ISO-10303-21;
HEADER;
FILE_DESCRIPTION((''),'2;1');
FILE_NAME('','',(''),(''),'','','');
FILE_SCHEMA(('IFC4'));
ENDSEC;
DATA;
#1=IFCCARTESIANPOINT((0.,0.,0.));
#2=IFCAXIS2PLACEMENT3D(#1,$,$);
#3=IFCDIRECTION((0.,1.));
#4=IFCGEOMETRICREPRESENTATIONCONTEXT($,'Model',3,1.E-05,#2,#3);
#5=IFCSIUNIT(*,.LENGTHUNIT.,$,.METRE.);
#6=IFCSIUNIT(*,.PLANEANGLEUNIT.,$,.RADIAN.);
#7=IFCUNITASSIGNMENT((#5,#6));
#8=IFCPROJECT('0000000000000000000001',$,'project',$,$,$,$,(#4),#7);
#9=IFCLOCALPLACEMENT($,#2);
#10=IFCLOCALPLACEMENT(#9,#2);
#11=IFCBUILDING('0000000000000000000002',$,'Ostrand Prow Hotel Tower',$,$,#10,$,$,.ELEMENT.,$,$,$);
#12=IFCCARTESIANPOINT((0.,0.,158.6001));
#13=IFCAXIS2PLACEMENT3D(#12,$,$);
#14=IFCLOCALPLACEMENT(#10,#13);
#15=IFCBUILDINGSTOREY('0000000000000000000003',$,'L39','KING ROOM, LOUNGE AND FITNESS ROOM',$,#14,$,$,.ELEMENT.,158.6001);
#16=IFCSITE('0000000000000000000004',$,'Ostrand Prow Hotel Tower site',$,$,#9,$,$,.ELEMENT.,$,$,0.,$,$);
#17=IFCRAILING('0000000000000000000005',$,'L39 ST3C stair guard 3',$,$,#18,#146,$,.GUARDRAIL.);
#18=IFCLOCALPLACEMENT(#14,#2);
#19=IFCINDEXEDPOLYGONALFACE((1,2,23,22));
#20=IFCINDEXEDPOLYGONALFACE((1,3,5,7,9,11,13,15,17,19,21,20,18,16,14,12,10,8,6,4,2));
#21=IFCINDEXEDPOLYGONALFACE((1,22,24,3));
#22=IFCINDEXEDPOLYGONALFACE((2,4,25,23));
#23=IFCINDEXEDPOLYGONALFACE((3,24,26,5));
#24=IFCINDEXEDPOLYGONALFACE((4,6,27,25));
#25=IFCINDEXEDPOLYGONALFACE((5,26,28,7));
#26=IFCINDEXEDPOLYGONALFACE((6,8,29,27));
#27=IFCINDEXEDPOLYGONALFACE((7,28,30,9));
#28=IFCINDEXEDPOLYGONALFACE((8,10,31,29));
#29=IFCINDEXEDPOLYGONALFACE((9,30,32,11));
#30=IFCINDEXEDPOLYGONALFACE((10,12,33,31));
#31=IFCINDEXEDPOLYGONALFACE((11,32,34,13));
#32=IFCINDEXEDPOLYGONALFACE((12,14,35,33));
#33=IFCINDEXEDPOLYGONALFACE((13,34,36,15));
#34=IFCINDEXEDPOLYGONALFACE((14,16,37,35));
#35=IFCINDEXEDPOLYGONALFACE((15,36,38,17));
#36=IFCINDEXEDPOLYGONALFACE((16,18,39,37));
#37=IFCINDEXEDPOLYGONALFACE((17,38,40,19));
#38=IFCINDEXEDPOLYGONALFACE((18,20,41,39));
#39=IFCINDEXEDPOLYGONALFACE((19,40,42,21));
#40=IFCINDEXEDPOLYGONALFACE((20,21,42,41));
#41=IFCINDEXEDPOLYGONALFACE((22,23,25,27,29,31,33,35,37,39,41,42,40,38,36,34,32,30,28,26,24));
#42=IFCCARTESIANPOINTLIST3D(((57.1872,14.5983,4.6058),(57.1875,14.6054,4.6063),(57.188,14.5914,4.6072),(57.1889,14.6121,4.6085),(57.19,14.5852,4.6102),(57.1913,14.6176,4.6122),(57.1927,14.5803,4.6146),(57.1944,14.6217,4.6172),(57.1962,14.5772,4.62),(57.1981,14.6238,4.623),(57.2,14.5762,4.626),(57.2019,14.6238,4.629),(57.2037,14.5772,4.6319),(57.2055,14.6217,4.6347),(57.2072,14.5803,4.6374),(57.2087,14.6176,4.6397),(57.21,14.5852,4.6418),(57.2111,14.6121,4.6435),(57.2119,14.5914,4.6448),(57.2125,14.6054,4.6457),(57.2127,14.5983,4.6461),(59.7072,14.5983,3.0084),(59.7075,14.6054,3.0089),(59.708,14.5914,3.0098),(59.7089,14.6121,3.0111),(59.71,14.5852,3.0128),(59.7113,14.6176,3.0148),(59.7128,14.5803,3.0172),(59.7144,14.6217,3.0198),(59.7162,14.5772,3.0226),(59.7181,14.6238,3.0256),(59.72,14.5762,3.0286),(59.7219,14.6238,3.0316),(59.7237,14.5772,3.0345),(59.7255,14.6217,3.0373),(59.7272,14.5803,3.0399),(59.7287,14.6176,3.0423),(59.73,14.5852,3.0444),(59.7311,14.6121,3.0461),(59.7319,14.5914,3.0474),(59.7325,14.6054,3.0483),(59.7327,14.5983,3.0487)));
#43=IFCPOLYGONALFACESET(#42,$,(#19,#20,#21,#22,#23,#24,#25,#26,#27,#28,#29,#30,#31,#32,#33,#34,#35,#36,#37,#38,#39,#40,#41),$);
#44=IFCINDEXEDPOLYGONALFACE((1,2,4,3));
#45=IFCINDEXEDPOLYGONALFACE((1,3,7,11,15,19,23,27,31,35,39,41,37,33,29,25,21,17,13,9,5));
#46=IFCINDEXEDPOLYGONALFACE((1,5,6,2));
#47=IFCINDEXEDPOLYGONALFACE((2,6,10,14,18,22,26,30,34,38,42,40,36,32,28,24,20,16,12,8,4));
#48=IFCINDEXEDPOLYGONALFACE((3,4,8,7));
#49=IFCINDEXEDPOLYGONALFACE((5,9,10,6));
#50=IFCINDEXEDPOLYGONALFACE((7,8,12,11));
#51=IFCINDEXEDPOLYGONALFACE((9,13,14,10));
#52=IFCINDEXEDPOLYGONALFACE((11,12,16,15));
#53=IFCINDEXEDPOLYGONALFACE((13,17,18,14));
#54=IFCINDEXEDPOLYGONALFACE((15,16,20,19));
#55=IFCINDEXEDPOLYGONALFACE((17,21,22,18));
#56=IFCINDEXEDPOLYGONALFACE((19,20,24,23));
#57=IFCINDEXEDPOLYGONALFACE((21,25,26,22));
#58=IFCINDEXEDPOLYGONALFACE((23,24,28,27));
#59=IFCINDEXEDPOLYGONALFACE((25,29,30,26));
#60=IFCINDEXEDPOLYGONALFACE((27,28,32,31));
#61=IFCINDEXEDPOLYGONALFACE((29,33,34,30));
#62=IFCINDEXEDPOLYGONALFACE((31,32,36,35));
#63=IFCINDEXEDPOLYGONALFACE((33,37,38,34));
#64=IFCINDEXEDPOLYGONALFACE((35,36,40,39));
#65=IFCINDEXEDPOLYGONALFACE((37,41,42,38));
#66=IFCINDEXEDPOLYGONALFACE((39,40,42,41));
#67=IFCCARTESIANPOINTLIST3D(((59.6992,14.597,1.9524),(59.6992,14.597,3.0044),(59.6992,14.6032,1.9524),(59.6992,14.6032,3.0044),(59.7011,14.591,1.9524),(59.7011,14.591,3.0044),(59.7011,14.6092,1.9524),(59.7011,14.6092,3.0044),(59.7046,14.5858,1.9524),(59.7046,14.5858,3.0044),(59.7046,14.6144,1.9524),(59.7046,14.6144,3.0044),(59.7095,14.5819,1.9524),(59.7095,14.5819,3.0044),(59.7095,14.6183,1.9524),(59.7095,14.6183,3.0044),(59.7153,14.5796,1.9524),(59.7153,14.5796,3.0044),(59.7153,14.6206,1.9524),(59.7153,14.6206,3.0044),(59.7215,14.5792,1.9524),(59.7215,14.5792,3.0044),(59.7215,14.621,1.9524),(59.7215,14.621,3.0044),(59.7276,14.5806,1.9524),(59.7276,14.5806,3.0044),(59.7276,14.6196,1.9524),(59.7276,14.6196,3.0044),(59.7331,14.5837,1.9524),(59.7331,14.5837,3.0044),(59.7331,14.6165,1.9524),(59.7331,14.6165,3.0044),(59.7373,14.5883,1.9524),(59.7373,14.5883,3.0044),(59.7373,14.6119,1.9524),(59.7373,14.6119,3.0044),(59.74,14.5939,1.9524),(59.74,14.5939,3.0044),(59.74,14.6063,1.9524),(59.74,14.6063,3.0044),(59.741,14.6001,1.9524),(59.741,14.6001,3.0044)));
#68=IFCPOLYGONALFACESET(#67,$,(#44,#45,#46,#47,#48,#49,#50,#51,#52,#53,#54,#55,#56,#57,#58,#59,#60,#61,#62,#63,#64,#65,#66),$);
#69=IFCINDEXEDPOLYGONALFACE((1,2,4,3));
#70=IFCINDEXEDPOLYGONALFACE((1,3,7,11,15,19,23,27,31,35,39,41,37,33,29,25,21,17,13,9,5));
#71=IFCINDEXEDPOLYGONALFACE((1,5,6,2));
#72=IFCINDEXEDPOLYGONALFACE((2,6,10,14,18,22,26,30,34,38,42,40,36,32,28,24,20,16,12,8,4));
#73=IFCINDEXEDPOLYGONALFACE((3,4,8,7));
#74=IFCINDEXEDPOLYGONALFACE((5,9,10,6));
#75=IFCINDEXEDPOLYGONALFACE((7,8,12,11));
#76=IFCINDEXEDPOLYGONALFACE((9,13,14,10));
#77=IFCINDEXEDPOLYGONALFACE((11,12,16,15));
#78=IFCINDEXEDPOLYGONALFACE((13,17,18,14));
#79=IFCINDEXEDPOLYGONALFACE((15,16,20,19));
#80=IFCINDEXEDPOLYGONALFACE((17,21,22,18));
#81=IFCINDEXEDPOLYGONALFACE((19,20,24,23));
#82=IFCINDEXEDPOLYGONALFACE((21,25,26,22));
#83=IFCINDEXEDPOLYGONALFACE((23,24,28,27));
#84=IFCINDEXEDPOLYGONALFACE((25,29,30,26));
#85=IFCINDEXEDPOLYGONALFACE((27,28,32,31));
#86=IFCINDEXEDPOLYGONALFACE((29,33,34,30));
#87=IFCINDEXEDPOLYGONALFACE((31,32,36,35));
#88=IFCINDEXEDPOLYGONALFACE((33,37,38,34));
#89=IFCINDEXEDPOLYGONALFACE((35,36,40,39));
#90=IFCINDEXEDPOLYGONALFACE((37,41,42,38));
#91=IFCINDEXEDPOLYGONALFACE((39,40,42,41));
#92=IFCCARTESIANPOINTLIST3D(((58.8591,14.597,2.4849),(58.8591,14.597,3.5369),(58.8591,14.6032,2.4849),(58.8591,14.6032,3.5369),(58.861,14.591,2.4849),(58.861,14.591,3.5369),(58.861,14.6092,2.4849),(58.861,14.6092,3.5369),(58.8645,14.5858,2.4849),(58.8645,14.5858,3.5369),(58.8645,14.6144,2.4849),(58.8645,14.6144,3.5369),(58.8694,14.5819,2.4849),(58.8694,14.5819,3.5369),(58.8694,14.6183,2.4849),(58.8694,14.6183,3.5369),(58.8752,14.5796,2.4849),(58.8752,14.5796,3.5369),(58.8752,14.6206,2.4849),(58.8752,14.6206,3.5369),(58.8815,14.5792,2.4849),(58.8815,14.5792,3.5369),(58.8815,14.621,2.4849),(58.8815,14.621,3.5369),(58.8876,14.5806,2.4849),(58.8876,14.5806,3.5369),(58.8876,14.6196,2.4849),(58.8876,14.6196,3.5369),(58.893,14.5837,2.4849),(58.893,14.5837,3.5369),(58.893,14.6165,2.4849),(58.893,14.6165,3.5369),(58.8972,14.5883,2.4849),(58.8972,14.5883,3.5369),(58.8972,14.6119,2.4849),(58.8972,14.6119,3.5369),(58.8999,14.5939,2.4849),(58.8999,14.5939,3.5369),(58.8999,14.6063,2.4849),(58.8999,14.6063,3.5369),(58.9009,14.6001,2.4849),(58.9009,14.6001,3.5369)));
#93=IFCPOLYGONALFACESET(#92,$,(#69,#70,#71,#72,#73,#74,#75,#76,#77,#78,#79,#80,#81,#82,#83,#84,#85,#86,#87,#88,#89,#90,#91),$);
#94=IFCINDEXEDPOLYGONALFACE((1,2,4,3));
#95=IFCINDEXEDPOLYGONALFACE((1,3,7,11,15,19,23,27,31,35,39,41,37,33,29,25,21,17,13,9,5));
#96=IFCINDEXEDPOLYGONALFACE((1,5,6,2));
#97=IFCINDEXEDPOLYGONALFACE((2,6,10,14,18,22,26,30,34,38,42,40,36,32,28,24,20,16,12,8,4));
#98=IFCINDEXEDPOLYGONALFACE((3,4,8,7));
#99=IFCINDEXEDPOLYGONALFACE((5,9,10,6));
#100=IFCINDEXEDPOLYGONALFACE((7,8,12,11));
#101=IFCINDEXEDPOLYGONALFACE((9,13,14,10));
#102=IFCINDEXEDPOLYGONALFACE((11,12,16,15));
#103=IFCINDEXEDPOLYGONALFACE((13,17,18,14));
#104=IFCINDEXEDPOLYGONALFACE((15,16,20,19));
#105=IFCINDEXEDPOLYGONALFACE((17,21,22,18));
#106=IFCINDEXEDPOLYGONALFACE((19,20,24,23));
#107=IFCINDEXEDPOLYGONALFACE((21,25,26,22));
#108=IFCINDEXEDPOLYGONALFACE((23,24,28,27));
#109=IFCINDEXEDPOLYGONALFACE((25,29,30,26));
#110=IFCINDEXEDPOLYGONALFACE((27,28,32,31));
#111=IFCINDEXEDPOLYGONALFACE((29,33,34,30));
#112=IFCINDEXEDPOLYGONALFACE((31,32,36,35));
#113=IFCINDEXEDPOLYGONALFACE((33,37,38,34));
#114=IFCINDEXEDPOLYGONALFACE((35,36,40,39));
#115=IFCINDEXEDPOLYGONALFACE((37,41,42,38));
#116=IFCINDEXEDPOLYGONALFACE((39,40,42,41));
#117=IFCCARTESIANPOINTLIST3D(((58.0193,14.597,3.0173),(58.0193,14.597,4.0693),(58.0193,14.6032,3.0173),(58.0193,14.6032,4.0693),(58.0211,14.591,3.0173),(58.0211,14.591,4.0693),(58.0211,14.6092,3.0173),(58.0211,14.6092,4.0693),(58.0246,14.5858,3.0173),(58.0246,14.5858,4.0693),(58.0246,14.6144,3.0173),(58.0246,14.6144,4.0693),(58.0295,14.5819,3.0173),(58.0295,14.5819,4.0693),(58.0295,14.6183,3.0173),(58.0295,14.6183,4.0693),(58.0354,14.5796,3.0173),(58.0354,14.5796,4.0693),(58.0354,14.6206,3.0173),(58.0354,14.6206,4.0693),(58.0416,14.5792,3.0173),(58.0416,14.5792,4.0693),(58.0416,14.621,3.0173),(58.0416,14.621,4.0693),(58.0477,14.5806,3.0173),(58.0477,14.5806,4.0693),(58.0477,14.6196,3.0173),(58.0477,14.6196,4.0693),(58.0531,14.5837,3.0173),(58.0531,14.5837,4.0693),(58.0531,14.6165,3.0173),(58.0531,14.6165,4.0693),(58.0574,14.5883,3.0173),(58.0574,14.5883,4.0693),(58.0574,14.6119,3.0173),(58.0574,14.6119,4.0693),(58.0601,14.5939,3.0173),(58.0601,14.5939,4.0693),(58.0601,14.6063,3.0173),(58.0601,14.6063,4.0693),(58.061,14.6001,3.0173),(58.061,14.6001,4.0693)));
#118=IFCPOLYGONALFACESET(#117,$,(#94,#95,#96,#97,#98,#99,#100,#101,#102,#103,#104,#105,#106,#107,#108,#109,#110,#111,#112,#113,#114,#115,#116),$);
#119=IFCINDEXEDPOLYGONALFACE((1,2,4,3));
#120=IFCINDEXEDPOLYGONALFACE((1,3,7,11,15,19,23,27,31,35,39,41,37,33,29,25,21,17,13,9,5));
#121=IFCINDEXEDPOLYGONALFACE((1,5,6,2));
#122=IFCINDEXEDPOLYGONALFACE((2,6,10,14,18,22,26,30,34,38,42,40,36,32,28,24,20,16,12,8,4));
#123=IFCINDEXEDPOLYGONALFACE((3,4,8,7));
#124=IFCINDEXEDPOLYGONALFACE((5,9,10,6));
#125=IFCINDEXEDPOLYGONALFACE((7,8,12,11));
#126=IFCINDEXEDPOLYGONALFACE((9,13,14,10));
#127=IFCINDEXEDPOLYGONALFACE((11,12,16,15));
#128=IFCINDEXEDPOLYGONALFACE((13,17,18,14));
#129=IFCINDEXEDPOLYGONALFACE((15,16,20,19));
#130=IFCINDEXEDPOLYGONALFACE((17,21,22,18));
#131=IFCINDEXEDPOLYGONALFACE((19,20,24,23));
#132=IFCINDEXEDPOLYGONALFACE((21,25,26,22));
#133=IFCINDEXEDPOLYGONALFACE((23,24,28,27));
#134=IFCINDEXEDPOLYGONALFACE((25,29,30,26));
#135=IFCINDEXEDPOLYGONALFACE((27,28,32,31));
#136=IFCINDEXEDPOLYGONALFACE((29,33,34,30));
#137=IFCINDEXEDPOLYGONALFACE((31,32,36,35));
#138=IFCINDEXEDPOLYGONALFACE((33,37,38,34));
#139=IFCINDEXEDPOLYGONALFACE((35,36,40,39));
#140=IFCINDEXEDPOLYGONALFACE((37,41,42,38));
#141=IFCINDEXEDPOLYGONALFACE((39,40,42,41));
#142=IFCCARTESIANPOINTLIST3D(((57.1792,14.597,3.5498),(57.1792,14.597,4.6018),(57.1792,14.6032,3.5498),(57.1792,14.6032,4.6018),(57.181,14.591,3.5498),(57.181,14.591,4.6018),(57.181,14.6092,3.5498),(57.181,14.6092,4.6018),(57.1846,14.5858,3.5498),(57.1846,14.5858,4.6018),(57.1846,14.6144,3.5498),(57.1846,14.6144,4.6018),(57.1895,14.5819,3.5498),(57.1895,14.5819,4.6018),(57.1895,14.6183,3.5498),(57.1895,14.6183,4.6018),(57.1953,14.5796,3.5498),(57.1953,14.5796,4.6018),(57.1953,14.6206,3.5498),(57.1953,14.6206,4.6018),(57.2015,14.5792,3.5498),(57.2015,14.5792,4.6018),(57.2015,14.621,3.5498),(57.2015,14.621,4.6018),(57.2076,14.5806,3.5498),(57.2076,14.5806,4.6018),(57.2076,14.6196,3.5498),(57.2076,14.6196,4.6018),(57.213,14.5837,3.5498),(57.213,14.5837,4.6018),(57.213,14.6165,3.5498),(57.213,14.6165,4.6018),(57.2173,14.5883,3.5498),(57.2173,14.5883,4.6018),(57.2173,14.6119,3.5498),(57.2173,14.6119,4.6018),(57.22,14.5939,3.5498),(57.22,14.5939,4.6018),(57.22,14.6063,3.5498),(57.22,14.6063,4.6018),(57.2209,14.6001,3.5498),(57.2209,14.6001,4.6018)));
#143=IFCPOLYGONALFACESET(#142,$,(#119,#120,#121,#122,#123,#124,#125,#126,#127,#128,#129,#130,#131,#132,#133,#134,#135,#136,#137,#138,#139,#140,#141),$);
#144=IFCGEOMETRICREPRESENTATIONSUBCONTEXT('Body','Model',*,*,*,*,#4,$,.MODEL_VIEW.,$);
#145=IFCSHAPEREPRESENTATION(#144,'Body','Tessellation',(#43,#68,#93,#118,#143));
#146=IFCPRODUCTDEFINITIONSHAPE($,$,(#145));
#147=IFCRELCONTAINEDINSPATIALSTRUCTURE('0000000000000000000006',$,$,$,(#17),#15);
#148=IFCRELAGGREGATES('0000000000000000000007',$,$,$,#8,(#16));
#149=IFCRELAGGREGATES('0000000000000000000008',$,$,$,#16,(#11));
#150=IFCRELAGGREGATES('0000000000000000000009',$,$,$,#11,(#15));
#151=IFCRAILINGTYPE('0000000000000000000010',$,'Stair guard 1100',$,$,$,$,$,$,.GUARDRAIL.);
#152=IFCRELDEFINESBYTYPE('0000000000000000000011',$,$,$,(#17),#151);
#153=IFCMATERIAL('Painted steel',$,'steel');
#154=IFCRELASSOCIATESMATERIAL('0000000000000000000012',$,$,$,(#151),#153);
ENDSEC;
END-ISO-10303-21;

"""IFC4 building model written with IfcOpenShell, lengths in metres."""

from ifc_helpers import new_model, si_unit, direction, frame, origin, origin_2d, place, context, subcontext, project, spatial, circle, extrude, material, type_object, element, save


model = new_model("IFC4")

# Units and contexts
model_context = context("Model", 3, precision=1e-05, world=origin(), true_north=direction((0.0, 1.0)))
body_context = subcontext(model_context, "Body", "Model", "MODEL_VIEW")
ifc_project = project(units=[si_unit("LENGTHUNIT", "METRE"), si_unit("PLANEANGLEUNIT", "RADIAN")], contexts=[model_context])

# Site, building, storey
site_placement = place(None, origin())
site = spatial("IfcSite", under=ifc_project, at=site_placement, Name="Ostrand Prow Hotel Tower site", CompositionType="ELEMENT", RefElevation=0.0)
building_placement = place(site_placement, origin())
building = spatial("IfcBuilding", under=site, at=building_placement, Name="Ostrand Prow Hotel Tower", CompositionType="ELEMENT")
storey_placement = place(building_placement, frame((0.0, 0.0, 158.6001)))
storey = spatial("IfcBuildingStorey", under=building, at=storey_placement, Name="L39", Description="KING ROOM, LOUNGE AND FITNESS ROOM", CompositionType="ELEMENT", Elevation=158.6001)

# Railing
ifc_material_1 = material(Name="Painted steel", Category="steel")
railing_type_1 = type_object("IfcRailingType", Name="Stair guard 1100", PredefinedType="GUARDRAIL", material=ifc_material_1)
railing_1_placement = place(storey_placement, frame((59.72, 14.6001, 1.9524)))
element("IfcRailing", 1, at=railing_1_placement, inside=storey, type_object=railing_type_1, Name="L39 ST3C stair guard 3", PredefinedType="GUARDRAIL", context=body_context, shape_type="SweptSolid", body=[
    extrude(circle(Radius=0.0239, at=origin_2d()), frame((0.0, 0.0, 1.0762), z_axis=(-0.844607, 0.0, 0.535387), x_axis=(0.0, -1.0, 0.0)), (0.0, 0.0, 1.0), 2.9836),
    extrude(circle(Radius=0.021, at=origin_2d()), origin(), (0.0, 0.0, 1.0), 1.052),
    extrude(circle(Radius=0.021, at=origin_2d()), frame((-0.8401, 0.0, 0.5325)), (0.0, 0.0, 1.0), 1.052),
    extrude(circle(Radius=0.021, at=origin_2d()), frame((-1.6799, 0.0, 1.0649)), (0.0, 0.0, 1.0), 1.052),
    extrude(circle(Radius=0.021, at=origin_2d()), frame((-2.52, 0.0, 1.5974)), (0.0, 0.0, 1.0), 1.052),
])

save(model, "model.ifc")
